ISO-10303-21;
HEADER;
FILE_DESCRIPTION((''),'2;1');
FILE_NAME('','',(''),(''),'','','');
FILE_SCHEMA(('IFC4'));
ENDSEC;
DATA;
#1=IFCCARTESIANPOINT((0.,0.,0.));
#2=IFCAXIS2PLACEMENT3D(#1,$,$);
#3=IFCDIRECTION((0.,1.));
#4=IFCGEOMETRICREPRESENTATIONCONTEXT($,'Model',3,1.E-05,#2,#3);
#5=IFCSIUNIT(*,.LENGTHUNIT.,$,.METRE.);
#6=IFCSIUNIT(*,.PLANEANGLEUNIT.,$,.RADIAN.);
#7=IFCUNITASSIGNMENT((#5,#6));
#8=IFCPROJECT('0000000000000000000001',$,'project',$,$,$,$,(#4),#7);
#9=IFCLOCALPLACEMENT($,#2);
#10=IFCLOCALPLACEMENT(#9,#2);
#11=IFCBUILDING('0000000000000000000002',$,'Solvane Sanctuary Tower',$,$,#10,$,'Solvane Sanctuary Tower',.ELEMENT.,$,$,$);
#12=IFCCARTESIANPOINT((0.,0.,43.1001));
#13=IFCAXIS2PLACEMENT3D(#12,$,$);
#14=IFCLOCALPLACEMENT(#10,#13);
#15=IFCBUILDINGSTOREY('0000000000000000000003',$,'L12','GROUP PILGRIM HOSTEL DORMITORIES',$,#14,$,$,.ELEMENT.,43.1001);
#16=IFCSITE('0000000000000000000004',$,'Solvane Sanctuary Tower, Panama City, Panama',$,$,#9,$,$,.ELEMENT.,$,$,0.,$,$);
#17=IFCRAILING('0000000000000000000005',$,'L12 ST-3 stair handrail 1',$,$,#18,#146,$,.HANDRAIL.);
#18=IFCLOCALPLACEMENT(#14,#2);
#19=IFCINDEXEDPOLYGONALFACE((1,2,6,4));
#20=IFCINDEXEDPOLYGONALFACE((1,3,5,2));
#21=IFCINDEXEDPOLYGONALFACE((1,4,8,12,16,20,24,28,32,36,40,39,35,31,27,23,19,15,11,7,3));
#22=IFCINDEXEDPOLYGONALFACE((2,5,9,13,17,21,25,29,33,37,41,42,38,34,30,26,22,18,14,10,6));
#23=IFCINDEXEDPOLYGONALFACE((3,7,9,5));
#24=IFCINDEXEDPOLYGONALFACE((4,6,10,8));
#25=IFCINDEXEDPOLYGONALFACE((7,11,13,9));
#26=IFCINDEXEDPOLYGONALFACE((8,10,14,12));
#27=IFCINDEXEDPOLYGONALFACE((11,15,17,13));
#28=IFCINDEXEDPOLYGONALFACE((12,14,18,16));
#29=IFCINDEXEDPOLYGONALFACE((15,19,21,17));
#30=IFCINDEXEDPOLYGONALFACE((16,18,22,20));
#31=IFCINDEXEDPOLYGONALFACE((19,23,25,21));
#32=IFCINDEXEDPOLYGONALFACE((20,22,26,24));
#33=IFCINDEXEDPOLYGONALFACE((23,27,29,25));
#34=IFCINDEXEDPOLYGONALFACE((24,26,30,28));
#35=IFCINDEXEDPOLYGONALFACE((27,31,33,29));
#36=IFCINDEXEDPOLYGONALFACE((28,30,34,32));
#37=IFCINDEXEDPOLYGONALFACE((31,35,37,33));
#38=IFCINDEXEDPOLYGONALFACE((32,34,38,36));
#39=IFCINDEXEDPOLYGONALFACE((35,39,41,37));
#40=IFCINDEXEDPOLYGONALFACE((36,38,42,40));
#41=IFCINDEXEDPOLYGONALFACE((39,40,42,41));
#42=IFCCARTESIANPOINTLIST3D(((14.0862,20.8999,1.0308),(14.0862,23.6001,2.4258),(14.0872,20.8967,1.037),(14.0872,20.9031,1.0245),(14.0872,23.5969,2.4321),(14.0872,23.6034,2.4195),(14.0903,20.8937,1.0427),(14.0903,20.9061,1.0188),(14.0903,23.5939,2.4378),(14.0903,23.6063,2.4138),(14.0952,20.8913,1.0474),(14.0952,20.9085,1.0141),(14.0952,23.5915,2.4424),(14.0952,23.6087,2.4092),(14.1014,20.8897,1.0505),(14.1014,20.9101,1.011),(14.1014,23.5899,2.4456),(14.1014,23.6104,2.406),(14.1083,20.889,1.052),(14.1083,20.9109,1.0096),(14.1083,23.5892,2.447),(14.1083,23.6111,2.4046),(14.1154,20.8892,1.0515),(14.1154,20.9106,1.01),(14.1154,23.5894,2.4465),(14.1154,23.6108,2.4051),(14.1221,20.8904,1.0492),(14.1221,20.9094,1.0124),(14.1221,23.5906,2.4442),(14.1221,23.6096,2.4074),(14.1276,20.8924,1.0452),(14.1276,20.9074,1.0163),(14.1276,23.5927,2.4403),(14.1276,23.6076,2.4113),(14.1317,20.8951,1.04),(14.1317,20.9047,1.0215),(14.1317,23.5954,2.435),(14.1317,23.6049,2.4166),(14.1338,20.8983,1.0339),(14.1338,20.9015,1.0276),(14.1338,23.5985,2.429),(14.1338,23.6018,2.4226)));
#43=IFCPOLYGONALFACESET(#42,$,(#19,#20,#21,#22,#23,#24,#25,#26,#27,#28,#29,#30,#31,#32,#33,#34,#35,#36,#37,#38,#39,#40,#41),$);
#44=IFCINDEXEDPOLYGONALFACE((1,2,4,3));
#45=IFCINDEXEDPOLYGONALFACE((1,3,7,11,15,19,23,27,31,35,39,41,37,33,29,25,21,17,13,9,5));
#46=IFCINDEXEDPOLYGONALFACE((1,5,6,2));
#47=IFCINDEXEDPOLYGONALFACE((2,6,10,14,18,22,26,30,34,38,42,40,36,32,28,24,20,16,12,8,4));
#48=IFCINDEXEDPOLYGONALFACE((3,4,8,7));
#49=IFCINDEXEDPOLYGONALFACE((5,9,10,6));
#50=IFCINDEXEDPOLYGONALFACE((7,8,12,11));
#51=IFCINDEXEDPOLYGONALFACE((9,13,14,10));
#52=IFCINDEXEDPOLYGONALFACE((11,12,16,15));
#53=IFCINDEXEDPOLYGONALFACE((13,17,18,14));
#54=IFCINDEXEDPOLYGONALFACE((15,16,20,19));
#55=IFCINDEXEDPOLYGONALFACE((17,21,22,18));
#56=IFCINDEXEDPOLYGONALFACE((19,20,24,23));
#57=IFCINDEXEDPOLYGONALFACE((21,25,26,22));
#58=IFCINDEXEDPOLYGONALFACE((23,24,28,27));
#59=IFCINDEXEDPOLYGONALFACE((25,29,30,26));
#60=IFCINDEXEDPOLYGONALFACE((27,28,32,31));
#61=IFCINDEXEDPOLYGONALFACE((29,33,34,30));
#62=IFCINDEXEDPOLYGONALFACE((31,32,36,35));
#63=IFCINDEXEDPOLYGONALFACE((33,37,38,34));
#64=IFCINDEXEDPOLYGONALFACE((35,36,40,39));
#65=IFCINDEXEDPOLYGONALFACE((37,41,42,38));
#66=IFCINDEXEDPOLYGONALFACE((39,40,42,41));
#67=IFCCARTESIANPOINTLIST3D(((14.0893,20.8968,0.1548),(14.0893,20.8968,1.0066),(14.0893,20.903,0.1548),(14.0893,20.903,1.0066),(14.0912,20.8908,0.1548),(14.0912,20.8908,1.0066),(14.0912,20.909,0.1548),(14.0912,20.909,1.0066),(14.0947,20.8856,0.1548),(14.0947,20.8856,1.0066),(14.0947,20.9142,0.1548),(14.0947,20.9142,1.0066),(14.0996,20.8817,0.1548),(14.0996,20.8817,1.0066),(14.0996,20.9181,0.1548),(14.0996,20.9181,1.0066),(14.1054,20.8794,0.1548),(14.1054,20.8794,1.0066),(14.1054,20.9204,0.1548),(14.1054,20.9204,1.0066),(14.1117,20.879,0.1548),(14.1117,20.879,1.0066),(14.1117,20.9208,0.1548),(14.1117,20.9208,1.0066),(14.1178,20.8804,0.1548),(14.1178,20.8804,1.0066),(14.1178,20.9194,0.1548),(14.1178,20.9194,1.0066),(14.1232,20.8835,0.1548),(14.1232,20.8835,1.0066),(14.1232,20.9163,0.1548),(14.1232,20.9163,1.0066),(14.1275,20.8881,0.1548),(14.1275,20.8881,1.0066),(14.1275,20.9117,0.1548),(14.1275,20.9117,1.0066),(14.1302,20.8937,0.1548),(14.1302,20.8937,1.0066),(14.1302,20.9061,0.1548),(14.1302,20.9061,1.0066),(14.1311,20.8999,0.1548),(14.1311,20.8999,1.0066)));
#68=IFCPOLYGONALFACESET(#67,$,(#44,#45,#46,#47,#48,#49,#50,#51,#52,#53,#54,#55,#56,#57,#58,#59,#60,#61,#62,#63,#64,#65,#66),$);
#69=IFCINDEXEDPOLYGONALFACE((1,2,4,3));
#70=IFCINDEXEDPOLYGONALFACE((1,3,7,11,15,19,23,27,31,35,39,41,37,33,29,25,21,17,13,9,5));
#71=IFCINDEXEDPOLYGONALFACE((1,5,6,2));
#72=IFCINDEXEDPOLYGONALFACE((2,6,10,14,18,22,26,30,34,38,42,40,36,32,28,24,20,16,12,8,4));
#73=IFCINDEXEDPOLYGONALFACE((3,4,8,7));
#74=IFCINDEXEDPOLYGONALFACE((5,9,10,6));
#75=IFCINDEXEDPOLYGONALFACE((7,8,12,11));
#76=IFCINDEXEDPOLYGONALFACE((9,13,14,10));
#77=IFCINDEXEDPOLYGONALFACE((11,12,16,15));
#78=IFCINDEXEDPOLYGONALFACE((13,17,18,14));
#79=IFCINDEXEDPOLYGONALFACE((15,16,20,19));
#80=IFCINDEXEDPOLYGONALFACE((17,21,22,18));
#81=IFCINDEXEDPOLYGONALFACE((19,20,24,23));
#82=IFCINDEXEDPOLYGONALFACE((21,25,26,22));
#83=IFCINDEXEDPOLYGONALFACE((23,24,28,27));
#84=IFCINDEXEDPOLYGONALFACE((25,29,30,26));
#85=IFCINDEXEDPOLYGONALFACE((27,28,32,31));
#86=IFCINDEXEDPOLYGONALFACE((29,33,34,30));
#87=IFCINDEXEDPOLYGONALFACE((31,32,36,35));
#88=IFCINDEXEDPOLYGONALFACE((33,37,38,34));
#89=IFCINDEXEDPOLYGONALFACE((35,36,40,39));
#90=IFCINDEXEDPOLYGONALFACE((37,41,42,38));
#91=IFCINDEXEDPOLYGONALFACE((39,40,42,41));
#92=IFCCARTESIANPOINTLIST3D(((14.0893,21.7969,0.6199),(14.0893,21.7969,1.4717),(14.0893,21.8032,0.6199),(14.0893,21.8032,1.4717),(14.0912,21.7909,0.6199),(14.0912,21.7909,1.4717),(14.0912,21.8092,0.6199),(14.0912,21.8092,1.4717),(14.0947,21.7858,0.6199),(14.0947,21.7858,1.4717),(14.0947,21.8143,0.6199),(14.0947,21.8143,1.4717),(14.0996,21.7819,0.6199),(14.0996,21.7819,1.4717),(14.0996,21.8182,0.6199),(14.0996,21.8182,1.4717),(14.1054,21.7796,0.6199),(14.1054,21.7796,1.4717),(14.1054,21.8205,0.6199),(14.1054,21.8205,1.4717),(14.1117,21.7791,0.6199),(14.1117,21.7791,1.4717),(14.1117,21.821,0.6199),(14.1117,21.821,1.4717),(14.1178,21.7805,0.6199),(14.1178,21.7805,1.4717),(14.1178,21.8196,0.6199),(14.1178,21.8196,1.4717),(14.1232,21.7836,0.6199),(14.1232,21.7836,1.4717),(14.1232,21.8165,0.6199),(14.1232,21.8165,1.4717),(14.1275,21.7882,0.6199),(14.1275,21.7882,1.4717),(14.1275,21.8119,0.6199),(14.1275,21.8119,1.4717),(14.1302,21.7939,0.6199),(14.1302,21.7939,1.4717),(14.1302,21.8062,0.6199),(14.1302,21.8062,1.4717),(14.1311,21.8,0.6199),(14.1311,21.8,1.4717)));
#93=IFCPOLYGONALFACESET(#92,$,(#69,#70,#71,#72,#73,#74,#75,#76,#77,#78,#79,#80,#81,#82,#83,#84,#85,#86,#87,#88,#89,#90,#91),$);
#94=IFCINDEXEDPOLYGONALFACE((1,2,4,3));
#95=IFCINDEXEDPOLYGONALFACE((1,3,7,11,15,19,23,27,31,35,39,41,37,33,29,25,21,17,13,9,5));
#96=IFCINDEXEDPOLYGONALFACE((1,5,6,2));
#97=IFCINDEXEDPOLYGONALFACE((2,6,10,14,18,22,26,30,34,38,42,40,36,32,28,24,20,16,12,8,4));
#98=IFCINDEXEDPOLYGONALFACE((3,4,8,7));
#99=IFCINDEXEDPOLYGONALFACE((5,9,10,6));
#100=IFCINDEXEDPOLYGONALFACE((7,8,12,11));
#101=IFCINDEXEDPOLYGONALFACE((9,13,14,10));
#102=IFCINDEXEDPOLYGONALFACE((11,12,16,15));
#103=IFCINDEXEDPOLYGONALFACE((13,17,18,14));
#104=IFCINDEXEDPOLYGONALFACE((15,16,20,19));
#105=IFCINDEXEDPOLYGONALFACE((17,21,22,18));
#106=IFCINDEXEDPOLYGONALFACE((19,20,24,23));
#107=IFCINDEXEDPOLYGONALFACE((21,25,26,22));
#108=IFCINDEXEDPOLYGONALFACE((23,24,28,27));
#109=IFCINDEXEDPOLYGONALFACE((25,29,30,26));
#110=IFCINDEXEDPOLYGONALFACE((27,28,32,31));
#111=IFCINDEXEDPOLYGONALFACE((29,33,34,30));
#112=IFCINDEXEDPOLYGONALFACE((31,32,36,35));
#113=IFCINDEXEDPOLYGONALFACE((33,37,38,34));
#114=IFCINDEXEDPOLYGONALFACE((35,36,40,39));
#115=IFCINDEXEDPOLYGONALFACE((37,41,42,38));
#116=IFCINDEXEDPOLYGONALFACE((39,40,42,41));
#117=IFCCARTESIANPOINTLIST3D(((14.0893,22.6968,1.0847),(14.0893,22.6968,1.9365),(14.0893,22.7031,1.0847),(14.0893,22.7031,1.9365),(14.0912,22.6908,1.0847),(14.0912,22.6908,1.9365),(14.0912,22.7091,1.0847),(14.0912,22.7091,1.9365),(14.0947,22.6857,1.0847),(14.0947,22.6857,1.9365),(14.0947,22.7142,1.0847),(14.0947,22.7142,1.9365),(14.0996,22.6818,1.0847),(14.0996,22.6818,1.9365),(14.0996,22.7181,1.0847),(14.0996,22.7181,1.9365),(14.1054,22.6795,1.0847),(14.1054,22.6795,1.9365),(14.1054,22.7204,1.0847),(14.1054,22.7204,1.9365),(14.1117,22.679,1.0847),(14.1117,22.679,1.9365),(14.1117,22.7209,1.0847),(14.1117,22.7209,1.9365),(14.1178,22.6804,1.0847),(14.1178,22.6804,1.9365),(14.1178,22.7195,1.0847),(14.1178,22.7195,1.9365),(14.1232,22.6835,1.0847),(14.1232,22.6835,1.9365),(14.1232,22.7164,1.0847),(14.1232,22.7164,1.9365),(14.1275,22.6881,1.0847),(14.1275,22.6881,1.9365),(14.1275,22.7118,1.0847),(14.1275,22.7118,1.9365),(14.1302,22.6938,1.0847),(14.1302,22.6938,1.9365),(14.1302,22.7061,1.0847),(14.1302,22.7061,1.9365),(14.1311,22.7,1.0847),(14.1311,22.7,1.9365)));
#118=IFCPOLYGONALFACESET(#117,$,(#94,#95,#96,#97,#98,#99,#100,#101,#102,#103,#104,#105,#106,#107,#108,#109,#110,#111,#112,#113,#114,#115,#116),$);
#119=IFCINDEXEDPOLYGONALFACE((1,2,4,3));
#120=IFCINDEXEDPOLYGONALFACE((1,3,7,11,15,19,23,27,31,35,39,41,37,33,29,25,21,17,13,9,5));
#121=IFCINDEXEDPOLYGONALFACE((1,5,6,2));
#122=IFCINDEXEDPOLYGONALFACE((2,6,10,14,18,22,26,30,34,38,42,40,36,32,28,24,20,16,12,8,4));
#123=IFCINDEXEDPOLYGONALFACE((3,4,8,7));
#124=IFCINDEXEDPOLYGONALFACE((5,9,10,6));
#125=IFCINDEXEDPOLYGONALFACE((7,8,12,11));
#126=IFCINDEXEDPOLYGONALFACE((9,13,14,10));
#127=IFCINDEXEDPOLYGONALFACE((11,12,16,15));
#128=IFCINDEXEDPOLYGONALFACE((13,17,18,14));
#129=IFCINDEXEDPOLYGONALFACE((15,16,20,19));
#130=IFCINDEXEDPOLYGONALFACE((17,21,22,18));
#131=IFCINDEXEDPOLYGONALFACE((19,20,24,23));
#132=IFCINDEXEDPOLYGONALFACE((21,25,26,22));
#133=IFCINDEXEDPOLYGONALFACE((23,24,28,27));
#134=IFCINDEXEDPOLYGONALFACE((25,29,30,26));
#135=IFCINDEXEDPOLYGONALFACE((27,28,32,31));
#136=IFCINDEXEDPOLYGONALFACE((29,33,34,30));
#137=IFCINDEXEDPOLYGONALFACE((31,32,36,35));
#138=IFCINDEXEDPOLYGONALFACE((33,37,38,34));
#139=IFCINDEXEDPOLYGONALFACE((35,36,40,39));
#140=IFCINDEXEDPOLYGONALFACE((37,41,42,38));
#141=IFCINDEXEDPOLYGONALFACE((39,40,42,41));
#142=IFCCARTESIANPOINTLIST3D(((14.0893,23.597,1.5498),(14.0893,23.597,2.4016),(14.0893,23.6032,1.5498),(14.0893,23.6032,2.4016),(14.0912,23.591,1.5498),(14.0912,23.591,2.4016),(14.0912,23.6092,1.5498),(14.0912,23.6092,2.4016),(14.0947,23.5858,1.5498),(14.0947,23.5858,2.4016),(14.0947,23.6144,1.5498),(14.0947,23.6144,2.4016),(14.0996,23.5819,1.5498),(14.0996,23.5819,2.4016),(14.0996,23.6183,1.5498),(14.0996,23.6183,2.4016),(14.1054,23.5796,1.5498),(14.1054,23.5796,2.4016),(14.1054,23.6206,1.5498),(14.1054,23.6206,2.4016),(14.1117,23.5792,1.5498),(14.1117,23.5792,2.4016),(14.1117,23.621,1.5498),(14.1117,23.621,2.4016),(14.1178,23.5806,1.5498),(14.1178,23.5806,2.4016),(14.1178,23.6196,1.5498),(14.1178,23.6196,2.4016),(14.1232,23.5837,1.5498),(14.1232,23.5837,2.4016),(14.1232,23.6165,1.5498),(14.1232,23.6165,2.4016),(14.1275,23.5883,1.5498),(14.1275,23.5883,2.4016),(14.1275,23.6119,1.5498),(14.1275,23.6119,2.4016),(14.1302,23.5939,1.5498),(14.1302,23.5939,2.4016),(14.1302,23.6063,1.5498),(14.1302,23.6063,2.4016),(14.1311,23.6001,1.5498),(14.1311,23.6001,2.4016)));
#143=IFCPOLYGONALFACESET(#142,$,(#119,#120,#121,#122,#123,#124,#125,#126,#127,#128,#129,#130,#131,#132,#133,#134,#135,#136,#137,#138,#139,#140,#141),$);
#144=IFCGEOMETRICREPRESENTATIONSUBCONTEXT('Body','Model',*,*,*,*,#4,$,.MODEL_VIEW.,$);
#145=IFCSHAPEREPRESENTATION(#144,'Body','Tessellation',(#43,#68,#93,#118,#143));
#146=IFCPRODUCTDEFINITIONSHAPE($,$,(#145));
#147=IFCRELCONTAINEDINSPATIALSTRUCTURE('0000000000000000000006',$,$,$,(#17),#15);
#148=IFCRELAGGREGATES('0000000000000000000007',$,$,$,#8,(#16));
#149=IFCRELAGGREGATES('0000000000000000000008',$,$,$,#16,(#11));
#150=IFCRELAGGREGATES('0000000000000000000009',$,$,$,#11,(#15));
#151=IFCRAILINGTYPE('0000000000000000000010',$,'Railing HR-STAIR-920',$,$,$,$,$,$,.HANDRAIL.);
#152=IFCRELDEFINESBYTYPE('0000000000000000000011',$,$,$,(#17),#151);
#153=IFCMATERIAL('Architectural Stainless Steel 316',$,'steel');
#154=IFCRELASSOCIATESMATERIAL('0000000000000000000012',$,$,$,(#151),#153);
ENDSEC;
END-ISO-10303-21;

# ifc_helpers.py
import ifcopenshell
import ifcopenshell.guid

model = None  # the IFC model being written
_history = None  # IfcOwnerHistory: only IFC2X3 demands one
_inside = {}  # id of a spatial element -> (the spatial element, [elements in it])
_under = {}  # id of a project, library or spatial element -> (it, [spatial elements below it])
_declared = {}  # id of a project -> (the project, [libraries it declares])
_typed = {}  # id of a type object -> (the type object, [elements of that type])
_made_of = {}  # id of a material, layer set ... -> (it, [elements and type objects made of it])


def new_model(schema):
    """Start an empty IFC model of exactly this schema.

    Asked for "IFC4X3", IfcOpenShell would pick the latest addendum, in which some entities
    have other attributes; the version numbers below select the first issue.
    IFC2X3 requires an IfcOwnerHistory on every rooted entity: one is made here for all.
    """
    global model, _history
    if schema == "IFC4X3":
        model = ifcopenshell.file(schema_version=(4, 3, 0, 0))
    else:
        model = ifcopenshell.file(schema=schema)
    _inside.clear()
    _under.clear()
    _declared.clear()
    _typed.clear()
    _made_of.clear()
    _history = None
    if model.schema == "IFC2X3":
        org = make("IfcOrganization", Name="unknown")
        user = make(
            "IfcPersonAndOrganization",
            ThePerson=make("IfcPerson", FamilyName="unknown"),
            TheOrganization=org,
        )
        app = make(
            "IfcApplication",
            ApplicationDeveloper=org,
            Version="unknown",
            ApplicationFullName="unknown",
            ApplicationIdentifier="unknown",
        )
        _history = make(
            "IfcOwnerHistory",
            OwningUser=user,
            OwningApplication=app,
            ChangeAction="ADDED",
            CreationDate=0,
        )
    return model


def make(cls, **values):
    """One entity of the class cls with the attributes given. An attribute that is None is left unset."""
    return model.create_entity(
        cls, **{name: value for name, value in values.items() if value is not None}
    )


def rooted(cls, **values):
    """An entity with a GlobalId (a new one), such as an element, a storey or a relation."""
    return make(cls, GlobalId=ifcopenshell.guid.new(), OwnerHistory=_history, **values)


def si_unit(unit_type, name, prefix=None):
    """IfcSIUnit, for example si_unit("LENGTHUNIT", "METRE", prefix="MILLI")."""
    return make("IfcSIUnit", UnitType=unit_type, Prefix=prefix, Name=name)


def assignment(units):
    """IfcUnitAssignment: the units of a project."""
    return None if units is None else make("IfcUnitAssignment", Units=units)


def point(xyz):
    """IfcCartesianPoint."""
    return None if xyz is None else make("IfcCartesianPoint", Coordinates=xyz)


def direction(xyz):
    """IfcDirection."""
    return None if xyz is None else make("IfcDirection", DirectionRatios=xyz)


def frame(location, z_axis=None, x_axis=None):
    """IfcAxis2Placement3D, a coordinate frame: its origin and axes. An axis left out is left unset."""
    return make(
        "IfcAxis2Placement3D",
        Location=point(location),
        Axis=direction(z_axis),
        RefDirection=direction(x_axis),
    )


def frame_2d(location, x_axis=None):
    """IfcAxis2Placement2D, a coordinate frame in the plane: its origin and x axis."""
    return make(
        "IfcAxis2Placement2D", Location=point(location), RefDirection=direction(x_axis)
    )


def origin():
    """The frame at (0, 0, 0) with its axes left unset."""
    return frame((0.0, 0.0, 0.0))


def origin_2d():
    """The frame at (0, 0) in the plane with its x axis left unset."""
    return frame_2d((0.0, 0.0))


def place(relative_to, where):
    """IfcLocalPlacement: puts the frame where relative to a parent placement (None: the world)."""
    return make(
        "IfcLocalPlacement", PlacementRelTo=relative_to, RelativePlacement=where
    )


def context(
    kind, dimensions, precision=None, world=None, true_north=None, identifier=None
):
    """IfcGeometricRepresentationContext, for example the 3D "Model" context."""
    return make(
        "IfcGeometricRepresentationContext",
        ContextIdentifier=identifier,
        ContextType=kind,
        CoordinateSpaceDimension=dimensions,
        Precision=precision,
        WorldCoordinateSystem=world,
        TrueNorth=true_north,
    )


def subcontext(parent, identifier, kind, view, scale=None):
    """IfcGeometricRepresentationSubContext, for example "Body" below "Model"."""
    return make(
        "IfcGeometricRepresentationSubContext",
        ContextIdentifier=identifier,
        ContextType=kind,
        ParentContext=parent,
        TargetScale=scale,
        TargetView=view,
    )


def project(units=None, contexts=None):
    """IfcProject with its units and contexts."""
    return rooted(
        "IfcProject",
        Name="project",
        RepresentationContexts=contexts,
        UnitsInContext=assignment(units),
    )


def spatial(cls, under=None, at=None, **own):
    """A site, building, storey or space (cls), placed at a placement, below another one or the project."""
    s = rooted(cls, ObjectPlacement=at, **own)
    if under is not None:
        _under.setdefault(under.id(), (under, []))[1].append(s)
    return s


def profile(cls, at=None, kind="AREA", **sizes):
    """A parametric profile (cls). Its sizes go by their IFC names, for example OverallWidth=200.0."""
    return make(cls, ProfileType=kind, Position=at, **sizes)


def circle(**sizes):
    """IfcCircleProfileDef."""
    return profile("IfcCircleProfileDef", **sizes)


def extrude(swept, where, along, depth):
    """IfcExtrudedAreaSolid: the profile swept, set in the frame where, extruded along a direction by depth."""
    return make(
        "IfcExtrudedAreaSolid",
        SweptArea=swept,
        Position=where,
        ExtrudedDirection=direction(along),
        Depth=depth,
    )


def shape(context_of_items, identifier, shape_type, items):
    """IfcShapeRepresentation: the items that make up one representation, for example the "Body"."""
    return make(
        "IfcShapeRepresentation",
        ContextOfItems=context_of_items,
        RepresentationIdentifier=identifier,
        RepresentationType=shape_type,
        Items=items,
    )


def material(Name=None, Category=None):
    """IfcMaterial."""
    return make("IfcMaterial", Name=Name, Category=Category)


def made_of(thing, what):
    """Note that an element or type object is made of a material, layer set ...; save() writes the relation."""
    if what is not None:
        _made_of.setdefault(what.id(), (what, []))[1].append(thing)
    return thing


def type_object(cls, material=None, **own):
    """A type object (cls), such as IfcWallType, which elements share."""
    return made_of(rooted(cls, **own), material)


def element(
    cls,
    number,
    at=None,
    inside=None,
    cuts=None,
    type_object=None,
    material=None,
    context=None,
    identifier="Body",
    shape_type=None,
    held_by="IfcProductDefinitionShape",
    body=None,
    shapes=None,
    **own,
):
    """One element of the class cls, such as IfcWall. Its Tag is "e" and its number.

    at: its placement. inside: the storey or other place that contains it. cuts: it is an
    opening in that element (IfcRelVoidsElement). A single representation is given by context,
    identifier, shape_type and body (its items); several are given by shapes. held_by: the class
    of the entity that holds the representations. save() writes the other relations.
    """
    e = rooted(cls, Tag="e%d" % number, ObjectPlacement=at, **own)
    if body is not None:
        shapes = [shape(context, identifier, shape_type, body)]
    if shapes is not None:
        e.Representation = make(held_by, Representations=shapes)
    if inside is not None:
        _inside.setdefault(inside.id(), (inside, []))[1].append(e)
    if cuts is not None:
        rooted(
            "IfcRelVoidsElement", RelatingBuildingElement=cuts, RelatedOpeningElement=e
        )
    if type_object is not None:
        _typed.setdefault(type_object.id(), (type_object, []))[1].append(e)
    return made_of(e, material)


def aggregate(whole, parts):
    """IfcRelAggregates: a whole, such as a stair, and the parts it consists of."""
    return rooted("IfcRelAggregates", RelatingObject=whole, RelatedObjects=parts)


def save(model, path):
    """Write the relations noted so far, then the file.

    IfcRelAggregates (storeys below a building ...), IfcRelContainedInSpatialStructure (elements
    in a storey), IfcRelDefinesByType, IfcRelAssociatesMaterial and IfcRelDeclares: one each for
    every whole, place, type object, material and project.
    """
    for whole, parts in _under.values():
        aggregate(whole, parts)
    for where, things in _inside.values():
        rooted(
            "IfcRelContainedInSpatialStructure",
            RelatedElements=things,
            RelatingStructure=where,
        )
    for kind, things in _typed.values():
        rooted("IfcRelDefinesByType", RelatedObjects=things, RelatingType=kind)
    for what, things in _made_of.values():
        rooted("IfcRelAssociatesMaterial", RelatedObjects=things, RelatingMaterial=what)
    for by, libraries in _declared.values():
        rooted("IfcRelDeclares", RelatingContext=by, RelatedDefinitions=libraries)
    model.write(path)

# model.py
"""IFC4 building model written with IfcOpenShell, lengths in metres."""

from ifc_helpers import new_model, si_unit, direction, frame, origin, origin_2d, place, context, subcontext, project, spatial, circle, extrude, material, type_object, element, save


model = new_model("IFC4")

# Units and contexts
model_context = context("Model", 3, precision=1e-05, world=origin(), true_north=direction((0.0, 1.0)))
body_context = subcontext(model_context, "Body", "Model", "MODEL_VIEW")
ifc_project = project(units=[si_unit("LENGTHUNIT", "METRE"), si_unit("PLANEANGLEUNIT", "RADIAN")], contexts=[model_context])

# Site, building, storey
site_placement = place(None, origin())
site = spatial("IfcSite", under=ifc_project, at=site_placement, Name="Solvane Sanctuary Tower, Panama City, Panama", CompositionType="ELEMENT", RefElevation=0.0)
building_placement = place(site_placement, origin())
building = spatial("IfcBuilding", under=site, at=building_placement, Name="Solvane Sanctuary Tower", LongName="Solvane Sanctuary Tower", CompositionType="ELEMENT")
storey_placement = place(building_placement, frame((0.0, 0.0, 43.1001)))
storey = spatial("IfcBuildingStorey", under=building, at=storey_placement, Name="L12", Description="GROUP PILGRIM HOSTEL DORMITORIES", CompositionType="ELEMENT", Elevation=43.1001)

# Shared definitions
ifc_material_1 = material(Name="Architectural Stainless Steel 316", Category="steel")

# Railing
railing_type_1 = type_object("IfcRailingType", Name="Railing HR-STAIR-920", PredefinedType="HANDRAIL", material=ifc_material_1)
railing_1_placement = place(storey_placement, frame((14.1101, 20.8999, 0.1548)))
element("IfcRailing", 1, at=railing_1_placement, inside=storey, type_object=railing_type_1, Name="L12 ST-3 stair handrail 1", PredefinedType="HANDRAIL", context=body_context, shape_type="SweptSolid", body=[
    extrude(circle(Radius=0.0239, at=origin_2d()), frame((0.0, 0.0, 0.876), z_axis=(0.0, 0.888437, 0.458999), x_axis=(-1.0, 0.0, 0.0)), (0.0, 0.0, 1.0), 3.0393),
    extrude(circle(Radius=0.021, at=origin_2d()), origin(), (0.0, 0.0, 1.0), 0.8518),
    extrude(circle(Radius=0.021, at=origin_2d()), frame((0.0, 0.9001, 0.4651)), (0.0, 0.0, 1.0), 0.8518),
    extrude(circle(Radius=0.021, at=origin_2d()), frame((0.0, 1.8, 0.9299)), (0.0, 0.0, 1.0), 0.8518),
    extrude(circle(Radius=0.021, at=origin_2d()), frame((0.0, 2.7002, 1.395)), (0.0, 0.0, 1.0), 0.8518),
])

save(model, "model.ifc")
